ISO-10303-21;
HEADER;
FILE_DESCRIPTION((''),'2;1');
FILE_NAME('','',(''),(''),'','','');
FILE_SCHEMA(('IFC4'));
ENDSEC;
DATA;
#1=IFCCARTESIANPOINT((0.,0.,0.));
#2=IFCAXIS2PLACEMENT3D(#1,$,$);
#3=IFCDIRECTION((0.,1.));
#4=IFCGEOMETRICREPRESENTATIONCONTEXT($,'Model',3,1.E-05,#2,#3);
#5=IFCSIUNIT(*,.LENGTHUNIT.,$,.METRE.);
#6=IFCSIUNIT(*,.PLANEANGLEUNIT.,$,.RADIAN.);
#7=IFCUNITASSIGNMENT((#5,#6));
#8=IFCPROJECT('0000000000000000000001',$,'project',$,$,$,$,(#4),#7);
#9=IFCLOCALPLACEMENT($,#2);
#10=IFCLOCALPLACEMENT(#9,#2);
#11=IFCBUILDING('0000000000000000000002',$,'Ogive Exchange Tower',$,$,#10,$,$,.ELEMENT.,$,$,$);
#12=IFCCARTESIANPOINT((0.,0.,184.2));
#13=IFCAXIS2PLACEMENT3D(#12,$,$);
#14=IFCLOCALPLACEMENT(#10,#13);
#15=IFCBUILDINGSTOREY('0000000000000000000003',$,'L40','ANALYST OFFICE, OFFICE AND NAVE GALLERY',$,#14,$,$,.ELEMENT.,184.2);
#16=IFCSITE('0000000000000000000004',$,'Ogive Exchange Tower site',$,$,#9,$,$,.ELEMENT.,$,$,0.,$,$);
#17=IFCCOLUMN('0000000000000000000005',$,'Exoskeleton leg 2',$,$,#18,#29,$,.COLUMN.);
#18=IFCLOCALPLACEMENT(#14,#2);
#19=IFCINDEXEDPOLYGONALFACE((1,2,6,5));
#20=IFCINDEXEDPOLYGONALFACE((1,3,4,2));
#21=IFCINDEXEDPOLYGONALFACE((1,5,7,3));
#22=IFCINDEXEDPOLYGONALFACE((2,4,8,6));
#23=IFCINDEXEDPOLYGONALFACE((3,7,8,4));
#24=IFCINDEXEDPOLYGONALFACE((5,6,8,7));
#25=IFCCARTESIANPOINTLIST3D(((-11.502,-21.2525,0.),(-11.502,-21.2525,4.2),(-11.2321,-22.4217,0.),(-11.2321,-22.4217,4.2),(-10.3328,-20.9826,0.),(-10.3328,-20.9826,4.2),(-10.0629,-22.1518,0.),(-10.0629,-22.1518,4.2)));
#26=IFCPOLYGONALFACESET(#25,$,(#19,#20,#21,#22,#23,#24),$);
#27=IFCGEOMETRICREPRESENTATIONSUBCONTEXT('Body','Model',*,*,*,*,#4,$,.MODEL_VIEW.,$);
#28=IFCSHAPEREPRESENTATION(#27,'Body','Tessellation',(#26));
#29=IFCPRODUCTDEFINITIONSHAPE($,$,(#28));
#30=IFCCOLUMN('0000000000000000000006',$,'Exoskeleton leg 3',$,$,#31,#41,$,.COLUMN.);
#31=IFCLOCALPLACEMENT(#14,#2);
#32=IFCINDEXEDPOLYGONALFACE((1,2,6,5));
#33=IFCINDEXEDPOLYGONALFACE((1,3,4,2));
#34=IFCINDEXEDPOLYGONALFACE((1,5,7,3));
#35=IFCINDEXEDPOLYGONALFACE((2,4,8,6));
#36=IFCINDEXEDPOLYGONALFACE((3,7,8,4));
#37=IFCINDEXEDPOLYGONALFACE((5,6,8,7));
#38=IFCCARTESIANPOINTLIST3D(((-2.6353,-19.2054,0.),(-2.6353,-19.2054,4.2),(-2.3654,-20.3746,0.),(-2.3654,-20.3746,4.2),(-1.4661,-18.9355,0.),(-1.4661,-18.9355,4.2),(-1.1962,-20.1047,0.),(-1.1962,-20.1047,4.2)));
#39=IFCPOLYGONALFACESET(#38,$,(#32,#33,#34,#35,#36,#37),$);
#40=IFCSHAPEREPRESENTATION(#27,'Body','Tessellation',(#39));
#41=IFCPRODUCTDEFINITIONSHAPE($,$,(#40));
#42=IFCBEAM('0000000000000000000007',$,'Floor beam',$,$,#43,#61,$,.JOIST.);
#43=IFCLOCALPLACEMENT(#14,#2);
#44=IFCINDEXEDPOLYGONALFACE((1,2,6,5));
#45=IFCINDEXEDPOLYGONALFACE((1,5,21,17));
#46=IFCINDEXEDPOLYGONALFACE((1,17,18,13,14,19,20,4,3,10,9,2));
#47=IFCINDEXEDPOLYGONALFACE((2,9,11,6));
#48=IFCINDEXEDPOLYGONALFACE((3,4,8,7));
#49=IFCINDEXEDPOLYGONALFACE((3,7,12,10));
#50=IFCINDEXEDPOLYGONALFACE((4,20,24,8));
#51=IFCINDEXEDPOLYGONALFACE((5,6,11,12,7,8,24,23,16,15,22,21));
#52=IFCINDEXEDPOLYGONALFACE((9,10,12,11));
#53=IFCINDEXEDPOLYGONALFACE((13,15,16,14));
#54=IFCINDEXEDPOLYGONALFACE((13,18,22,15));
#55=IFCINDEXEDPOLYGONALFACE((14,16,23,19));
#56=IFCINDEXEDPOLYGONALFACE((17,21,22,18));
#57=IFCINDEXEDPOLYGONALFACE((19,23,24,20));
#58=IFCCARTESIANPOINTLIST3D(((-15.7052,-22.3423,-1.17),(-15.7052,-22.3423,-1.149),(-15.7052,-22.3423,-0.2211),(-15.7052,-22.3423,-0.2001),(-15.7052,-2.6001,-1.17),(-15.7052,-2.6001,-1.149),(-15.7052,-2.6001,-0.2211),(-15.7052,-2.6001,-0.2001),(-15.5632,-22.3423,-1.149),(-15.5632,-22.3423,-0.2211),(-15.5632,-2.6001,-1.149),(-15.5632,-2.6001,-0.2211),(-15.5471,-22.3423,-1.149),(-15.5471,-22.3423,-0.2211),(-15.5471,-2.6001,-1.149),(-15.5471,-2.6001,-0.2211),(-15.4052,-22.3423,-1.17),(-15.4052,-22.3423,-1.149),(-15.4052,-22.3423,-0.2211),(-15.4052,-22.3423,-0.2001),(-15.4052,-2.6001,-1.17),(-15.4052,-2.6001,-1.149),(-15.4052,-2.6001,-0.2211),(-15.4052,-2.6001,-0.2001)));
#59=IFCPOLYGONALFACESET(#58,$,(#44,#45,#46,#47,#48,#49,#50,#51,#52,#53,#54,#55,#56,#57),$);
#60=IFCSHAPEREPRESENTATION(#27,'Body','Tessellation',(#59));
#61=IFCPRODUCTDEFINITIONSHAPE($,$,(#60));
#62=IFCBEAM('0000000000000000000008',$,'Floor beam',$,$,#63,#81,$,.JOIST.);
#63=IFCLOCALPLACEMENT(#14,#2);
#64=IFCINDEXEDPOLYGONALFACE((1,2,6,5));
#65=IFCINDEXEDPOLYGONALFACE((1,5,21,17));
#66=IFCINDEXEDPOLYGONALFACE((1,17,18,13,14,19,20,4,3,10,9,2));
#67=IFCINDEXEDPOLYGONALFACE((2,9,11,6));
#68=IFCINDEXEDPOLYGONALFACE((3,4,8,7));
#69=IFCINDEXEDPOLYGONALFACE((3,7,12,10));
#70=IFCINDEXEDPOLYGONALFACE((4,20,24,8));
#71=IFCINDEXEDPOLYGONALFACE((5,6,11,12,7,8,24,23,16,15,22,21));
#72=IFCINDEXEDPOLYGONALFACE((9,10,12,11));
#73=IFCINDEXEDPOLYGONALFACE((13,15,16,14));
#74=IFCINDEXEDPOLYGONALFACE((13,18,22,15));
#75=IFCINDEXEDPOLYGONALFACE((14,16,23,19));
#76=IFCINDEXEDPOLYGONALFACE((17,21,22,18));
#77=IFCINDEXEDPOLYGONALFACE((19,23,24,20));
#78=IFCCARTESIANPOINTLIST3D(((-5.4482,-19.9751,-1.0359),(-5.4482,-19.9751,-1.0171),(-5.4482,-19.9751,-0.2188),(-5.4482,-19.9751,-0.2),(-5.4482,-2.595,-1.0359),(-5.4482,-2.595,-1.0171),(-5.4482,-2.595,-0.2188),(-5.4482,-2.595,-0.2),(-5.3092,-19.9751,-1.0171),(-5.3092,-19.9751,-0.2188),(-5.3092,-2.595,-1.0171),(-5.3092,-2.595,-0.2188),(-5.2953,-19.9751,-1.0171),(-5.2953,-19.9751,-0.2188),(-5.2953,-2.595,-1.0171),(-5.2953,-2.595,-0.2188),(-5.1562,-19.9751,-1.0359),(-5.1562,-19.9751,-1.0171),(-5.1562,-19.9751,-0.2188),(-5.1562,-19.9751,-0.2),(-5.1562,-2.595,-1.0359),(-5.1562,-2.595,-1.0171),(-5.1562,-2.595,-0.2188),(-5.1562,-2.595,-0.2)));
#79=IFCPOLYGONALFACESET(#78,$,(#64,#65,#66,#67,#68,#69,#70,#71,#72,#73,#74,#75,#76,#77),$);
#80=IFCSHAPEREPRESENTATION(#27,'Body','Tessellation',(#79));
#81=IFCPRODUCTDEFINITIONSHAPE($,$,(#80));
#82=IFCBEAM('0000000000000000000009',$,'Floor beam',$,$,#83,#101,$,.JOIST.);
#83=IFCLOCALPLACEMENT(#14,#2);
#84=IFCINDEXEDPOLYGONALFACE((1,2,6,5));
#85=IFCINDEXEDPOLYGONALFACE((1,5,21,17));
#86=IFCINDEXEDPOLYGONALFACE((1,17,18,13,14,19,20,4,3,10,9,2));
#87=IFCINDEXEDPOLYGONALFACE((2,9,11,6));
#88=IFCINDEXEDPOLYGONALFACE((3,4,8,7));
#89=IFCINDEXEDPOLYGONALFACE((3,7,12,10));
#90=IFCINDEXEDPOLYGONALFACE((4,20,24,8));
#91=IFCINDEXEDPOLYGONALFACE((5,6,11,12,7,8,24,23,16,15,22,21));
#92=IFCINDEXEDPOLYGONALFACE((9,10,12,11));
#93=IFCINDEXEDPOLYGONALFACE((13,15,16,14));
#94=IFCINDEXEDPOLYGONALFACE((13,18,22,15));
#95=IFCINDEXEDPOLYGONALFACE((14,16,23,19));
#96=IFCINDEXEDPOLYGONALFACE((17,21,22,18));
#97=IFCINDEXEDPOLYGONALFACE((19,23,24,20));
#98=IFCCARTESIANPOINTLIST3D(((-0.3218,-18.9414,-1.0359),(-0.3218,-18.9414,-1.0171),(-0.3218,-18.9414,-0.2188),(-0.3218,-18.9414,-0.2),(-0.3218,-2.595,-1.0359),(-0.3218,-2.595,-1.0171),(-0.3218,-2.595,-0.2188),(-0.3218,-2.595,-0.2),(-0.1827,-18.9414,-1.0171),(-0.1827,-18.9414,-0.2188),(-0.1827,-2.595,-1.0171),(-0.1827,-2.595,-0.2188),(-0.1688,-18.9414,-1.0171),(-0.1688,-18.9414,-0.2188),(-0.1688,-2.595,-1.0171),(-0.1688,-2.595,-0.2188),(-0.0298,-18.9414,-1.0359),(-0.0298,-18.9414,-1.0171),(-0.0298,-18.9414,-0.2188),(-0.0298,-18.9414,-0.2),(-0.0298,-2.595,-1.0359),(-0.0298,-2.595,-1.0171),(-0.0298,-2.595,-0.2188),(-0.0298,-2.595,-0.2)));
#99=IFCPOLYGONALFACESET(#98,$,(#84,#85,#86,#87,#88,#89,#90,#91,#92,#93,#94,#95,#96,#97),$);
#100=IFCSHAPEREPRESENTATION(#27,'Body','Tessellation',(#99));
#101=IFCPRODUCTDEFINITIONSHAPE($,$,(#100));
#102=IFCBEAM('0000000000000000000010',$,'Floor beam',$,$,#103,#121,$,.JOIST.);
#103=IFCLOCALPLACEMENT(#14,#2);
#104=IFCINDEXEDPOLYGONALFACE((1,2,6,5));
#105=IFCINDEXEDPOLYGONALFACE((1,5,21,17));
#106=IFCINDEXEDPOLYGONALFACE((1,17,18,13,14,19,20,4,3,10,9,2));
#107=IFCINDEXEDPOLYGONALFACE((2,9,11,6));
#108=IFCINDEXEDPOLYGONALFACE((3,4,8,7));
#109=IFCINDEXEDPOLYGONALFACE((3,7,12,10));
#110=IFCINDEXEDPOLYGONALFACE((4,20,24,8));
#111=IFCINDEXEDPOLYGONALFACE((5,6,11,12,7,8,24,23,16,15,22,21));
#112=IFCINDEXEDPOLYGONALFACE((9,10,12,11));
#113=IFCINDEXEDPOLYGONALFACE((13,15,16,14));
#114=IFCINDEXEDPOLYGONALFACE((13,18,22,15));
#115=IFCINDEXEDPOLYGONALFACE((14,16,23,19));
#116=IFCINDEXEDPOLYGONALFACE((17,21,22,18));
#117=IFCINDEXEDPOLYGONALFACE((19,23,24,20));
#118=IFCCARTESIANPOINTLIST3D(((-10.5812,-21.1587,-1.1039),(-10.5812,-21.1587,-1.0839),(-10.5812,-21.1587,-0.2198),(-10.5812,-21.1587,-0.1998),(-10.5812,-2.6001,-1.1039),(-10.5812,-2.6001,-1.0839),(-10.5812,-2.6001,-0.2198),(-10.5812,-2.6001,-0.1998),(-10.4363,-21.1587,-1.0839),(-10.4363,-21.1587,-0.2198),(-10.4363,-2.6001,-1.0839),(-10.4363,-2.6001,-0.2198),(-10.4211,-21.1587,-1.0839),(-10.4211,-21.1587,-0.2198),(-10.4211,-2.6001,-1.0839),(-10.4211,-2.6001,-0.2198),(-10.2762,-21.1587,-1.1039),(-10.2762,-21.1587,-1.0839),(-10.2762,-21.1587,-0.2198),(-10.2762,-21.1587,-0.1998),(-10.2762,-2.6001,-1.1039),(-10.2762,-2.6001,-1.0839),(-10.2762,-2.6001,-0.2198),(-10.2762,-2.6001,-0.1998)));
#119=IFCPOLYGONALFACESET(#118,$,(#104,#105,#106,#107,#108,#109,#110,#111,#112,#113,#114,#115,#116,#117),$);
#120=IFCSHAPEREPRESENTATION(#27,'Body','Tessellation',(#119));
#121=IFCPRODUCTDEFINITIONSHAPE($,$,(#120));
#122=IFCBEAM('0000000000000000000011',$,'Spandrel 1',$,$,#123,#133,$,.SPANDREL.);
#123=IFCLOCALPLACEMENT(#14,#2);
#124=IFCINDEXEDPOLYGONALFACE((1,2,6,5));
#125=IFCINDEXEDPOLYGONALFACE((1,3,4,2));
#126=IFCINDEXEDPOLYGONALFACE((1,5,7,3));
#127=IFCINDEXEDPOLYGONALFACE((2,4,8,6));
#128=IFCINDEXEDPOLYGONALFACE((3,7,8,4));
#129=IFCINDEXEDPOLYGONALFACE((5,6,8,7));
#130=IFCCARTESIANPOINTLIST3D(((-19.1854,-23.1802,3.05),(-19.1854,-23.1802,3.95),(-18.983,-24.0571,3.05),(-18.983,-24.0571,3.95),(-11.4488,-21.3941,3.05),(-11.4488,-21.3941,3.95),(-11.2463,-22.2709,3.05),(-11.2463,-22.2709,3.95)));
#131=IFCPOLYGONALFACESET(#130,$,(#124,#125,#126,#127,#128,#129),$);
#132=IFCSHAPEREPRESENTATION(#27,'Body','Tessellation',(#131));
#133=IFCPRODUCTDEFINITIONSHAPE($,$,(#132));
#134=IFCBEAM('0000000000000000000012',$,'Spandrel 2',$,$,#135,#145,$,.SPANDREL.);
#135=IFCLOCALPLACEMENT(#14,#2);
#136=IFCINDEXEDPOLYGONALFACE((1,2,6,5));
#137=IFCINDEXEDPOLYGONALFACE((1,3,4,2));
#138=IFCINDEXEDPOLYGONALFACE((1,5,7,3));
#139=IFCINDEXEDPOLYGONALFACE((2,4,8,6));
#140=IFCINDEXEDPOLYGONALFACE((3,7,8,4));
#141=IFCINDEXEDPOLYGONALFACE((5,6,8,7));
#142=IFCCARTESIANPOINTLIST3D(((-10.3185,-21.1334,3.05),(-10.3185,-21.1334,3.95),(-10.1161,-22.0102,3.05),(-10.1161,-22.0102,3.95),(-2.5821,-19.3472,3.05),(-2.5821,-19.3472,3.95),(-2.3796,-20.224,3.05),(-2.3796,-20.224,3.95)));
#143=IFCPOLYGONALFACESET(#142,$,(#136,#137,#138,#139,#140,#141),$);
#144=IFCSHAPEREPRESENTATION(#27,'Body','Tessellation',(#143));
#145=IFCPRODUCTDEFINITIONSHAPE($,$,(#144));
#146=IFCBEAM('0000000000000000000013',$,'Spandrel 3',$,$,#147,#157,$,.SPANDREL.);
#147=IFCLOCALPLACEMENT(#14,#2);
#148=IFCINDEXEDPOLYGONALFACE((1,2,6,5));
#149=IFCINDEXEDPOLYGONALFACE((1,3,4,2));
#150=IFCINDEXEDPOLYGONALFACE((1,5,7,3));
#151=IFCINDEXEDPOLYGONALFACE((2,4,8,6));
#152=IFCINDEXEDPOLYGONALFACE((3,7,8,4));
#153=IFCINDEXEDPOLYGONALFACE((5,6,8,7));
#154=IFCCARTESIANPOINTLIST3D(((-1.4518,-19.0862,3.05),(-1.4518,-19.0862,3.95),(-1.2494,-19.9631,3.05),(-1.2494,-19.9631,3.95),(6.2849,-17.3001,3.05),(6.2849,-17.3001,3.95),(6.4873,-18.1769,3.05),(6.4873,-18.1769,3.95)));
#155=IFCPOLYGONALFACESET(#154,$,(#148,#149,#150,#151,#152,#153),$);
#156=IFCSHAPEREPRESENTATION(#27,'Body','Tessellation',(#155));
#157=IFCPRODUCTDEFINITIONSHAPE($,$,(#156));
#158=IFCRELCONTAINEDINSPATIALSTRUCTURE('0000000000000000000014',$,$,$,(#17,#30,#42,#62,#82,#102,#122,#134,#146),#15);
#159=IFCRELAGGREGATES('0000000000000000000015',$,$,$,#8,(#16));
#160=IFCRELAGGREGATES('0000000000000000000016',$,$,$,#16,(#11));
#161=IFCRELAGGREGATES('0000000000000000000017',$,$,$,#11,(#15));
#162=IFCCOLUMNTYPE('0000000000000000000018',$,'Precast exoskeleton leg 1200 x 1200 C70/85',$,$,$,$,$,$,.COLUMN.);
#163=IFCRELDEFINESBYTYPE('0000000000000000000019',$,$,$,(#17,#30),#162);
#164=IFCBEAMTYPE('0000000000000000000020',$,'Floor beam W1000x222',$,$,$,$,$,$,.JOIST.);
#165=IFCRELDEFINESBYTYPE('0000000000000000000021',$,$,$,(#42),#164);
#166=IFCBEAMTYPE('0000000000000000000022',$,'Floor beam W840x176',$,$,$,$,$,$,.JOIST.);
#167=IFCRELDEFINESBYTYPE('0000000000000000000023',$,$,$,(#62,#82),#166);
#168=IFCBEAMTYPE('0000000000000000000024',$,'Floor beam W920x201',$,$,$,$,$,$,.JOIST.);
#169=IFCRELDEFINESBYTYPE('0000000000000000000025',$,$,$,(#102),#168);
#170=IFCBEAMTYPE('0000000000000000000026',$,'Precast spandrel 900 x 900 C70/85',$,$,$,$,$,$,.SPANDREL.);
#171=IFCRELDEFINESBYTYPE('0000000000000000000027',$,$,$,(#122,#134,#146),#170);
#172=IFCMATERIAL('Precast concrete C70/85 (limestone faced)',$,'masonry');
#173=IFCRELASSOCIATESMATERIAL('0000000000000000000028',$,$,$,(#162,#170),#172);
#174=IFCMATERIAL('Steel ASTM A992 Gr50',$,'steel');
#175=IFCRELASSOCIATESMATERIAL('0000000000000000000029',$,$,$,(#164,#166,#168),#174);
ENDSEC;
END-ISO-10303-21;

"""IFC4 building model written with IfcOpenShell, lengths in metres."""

from ifc_helpers import new_model, si_unit, direction, frame, origin, origin_2d, place, context, subcontext, project, spatial, rectangle, i_section, extrude, material, material_profile, profile_set, type_object, element, save


model = new_model("IFC4")

# Units and contexts
model_context = context("Model", 3, precision=1e-05, world=origin(), true_north=direction((0.0, 1.0)))
body_context = subcontext(model_context, "Body", "Model", "MODEL_VIEW")
ifc_project = project(units=[si_unit("LENGTHUNIT", "METRE"), si_unit("PLANEANGLEUNIT", "RADIAN")], contexts=[model_context])

# Site, building, storey
site_placement = place(None, origin())
site = spatial("IfcSite", under=ifc_project, at=site_placement, Name="Ogive Exchange Tower site", CompositionType="ELEMENT", RefElevation=0.0)
building_placement = place(site_placement, origin())
building = spatial("IfcBuilding", under=site, at=building_placement, Name="Ogive Exchange Tower", CompositionType="ELEMENT")
storey_placement = place(building_placement, frame((0.0, 0.0, 184.2)))
storey = spatial("IfcBuildingStorey", under=building, at=storey_placement, Name="L40", Description="ANALYST OFFICE, OFFICE AND NAVE GALLERY", CompositionType="ELEMENT", Elevation=184.2)

# Columns
ifc_material_1 = material(Name="Precast concrete C70/85 (limestone faced)", Category="masonry")
ifc_material_profile_1 = material_profile(ifc_material_1, rectangle(XDim=1.2, YDim=1.2, at=origin_2d()), Name="1200 x 1200")
ifc_profile_set_1 = profile_set([ifc_material_profile_1], Name="Precast concrete C70/85 (limestone faced)")
column_type = type_object("IfcColumnType", Name="Precast exoskeleton leg 1200 x 1200 C70/85", PredefinedType="COLUMN", material=ifc_profile_set_1)
for number, where, z_axis, x_axis, name in (
    (1, (-10.7825, -21.7021, 0.0), (0.0, 0.0, 1.0), (0.97437, 0.224951, 0.0), "Exoskeleton leg 2"),
    (2, (-1.9158, -19.655, 0.0), (0.0, 0.0, 1.0), (0.97437, 0.224951, 0.0), "Exoskeleton leg 3"),
):
    element("IfcColumn", number, at=place(storey_placement, frame(where, z_axis=z_axis, x_axis=x_axis)), inside=storey, type_object=column_type, Name=name, PredefinedType="COLUMN", context=body_context, shape_type="SweptSolid", body=[
        extrude(rectangle(XDim=1.2, YDim=1.2, at=origin_2d()), origin(), (0.0, 0.0, 1.0), 4.2),
    ])

# Beams
ifc_material_2 = material(Name="Steel ASTM A992 Gr50", Category="steel")
ifc_material_profile_2 = material_profile(ifc_material_2, i_section(OverallWidth=0.3, OverallDepth=0.97, WebThickness=0.0161, FlangeThickness=0.021, at=origin_2d()), Name="W1000x222")
ifc_profile_set_2 = profile_set([ifc_material_profile_2], Name="Steel ASTM A992 Gr50")
beam_type_1 = type_object("IfcBeamType", Name="Floor beam W1000x222", PredefinedType="JOIST", material=ifc_profile_set_2)
beam_1_placement = place(storey_placement, frame((-15.5552, -22.3423, -0.6851), z_axis=(0.0, 1.0, 0.0), x_axis=(-1.0, 0.0, 0.0)))
element("IfcBeam", 3, at=beam_1_placement, inside=storey, type_object=beam_type_1, Name="Floor beam", PredefinedType="JOIST", context=body_context, shape_type="SweptSolid", body=[
    extrude(i_section(OverallWidth=0.3, OverallDepth=0.97, WebThickness=0.0161, FlangeThickness=0.021, at=origin_2d()), origin(), (0.0, 0.0, 1.0), 19.7422),
])
ifc_material_profile_3 = material_profile(ifc_material_2, i_section(OverallWidth=0.292, OverallDepth=0.8359, WebThickness=0.0139, FlangeThickness=0.0188, at=origin_2d()), Name="W840x176")
ifc_profile_set_3 = profile_set([ifc_material_profile_3], Name="Steel ASTM A992 Gr50")
beam_type_2 = type_object("IfcBeamType", Name="Floor beam W840x176", PredefinedType="JOIST", material=ifc_profile_set_3)
beam_2_placement = place(storey_placement, frame((-5.3022, -19.9751, -0.6179), z_axis=(0.0, 1.0, 0.0), x_axis=(-1.0, 0.0, 0.0)))
element("IfcBeam", 4, at=beam_2_placement, inside=storey, type_object=beam_type_2, Name="Floor beam", PredefinedType="JOIST", context=body_context, shape_type="SweptSolid", body=[
    extrude(i_section(OverallWidth=0.292, OverallDepth=0.8359, WebThickness=0.0139, FlangeThickness=0.0188, at=origin_2d()), origin(), (0.0, 0.0, 1.0), 17.3801),
])
beam_3_placement = place(storey_placement, frame((-0.1758, -18.9414, -0.6179), z_axis=(0.0, 1.0, 0.0), x_axis=(-1.0, 0.0, 0.0)))
element("IfcBeam", 5, at=beam_3_placement, inside=storey, type_object=beam_type_2, Name="Floor beam", PredefinedType="JOIST", context=body_context, shape_type="SweptSolid", body=[
    extrude(i_section(OverallWidth=0.292, OverallDepth=0.8359, WebThickness=0.0139, FlangeThickness=0.0188, at=origin_2d()), origin(), (0.0, 0.0, 1.0), 16.3464),
])
ifc_material_profile_4 = material_profile(ifc_material_2, i_section(OverallWidth=0.3049, OverallDepth=0.9041, WebThickness=0.0151, FlangeThickness=0.02, at=origin_2d()), Name="W920x201")
ifc_profile_set_4 = profile_set([ifc_material_profile_4], Name="Steel ASTM A992 Gr50")
beam_type_3 = type_object("IfcBeamType", Name="Floor beam W920x201", PredefinedType="JOIST", material=ifc_profile_set_4)
beam_4_placement = place(storey_placement, frame((-10.4287, -21.1587, -0.6519), z_axis=(0.0, 1.0, 0.0), x_axis=(-1.0, 0.0, 0.0)))
element("IfcBeam", 6, at=beam_4_placement, inside=storey, type_object=beam_type_3, Name="Floor beam", PredefinedType="JOIST", context=body_context, shape_type="SweptSolid", body=[
    extrude(i_section(OverallWidth=0.3049, OverallDepth=0.9041, WebThickness=0.0151, FlangeThickness=0.02, at=origin_2d()), origin(), (0.0, 0.0, 1.0), 18.5586),
])
ifc_material_profile_5 = material_profile(ifc_material_1, rectangle(XDim=0.8999, YDim=0.8999, at=origin_2d()), Name="900 x 900")
ifc_profile_set_5 = profile_set([ifc_material_profile_5], Name="Precast concrete C70/85 (limestone faced)")
beam_type_4 = type_object("IfcBeamType", Name="Precast spandrel 900 x 900 C70/85", PredefinedType="SPANDREL", material=ifc_profile_set_5)
beam_5_placement = place(storey_placement, frame((-19.0842, -23.6187, 3.5), z_axis=(0.97437, 0.224952, 0.0), x_axis=(-0.224952, 0.97437, 0.0)))
element("IfcBeam", 7, at=beam_5_placement, inside=storey, type_object=beam_type_4, Name="Spandrel 1", PredefinedType="SPANDREL", context=body_context, shape_type="SweptSolid", body=[
    extrude(rectangle(XDim=0.8999, YDim=0.8999, at=origin_2d()), origin(), (0.0, 0.0, 1.0), 7.9402),
])
beam_6_placement = place(storey_placement, frame((-10.2173, -21.5718, 3.5), z_axis=(0.974368, 0.224958, 0.0), x_axis=(-0.224958, 0.974368, 0.0)))
element("IfcBeam", 8, at=beam_6_placement, inside=storey, type_object=beam_type_4, Name="Spandrel 2", PredefinedType="SPANDREL", context=body_context, shape_type="SweptSolid", body=[
    extrude(rectangle(XDim=0.8999, YDim=0.8999, at=origin_2d()), origin(), (0.0, 0.0, 1.0), 7.9399),
])
beam_7_placement = place(storey_placement, frame((-1.3506, -19.5247, 3.5), z_axis=(0.97437, 0.224952, 0.0), x_axis=(-0.224952, 0.97437, 0.0)))
element("IfcBeam", 9, at=beam_7_placement, inside=storey, type_object=beam_type_4, Name="Spandrel 3", PredefinedType="SPANDREL", context=body_context, shape_type="SweptSolid", body=[
    extrude(rectangle(XDim=0.8999, YDim=0.8999, at=origin_2d()), origin(), (0.0, 0.0, 1.0), 7.9402),
])

save(model, "model.ifc")
